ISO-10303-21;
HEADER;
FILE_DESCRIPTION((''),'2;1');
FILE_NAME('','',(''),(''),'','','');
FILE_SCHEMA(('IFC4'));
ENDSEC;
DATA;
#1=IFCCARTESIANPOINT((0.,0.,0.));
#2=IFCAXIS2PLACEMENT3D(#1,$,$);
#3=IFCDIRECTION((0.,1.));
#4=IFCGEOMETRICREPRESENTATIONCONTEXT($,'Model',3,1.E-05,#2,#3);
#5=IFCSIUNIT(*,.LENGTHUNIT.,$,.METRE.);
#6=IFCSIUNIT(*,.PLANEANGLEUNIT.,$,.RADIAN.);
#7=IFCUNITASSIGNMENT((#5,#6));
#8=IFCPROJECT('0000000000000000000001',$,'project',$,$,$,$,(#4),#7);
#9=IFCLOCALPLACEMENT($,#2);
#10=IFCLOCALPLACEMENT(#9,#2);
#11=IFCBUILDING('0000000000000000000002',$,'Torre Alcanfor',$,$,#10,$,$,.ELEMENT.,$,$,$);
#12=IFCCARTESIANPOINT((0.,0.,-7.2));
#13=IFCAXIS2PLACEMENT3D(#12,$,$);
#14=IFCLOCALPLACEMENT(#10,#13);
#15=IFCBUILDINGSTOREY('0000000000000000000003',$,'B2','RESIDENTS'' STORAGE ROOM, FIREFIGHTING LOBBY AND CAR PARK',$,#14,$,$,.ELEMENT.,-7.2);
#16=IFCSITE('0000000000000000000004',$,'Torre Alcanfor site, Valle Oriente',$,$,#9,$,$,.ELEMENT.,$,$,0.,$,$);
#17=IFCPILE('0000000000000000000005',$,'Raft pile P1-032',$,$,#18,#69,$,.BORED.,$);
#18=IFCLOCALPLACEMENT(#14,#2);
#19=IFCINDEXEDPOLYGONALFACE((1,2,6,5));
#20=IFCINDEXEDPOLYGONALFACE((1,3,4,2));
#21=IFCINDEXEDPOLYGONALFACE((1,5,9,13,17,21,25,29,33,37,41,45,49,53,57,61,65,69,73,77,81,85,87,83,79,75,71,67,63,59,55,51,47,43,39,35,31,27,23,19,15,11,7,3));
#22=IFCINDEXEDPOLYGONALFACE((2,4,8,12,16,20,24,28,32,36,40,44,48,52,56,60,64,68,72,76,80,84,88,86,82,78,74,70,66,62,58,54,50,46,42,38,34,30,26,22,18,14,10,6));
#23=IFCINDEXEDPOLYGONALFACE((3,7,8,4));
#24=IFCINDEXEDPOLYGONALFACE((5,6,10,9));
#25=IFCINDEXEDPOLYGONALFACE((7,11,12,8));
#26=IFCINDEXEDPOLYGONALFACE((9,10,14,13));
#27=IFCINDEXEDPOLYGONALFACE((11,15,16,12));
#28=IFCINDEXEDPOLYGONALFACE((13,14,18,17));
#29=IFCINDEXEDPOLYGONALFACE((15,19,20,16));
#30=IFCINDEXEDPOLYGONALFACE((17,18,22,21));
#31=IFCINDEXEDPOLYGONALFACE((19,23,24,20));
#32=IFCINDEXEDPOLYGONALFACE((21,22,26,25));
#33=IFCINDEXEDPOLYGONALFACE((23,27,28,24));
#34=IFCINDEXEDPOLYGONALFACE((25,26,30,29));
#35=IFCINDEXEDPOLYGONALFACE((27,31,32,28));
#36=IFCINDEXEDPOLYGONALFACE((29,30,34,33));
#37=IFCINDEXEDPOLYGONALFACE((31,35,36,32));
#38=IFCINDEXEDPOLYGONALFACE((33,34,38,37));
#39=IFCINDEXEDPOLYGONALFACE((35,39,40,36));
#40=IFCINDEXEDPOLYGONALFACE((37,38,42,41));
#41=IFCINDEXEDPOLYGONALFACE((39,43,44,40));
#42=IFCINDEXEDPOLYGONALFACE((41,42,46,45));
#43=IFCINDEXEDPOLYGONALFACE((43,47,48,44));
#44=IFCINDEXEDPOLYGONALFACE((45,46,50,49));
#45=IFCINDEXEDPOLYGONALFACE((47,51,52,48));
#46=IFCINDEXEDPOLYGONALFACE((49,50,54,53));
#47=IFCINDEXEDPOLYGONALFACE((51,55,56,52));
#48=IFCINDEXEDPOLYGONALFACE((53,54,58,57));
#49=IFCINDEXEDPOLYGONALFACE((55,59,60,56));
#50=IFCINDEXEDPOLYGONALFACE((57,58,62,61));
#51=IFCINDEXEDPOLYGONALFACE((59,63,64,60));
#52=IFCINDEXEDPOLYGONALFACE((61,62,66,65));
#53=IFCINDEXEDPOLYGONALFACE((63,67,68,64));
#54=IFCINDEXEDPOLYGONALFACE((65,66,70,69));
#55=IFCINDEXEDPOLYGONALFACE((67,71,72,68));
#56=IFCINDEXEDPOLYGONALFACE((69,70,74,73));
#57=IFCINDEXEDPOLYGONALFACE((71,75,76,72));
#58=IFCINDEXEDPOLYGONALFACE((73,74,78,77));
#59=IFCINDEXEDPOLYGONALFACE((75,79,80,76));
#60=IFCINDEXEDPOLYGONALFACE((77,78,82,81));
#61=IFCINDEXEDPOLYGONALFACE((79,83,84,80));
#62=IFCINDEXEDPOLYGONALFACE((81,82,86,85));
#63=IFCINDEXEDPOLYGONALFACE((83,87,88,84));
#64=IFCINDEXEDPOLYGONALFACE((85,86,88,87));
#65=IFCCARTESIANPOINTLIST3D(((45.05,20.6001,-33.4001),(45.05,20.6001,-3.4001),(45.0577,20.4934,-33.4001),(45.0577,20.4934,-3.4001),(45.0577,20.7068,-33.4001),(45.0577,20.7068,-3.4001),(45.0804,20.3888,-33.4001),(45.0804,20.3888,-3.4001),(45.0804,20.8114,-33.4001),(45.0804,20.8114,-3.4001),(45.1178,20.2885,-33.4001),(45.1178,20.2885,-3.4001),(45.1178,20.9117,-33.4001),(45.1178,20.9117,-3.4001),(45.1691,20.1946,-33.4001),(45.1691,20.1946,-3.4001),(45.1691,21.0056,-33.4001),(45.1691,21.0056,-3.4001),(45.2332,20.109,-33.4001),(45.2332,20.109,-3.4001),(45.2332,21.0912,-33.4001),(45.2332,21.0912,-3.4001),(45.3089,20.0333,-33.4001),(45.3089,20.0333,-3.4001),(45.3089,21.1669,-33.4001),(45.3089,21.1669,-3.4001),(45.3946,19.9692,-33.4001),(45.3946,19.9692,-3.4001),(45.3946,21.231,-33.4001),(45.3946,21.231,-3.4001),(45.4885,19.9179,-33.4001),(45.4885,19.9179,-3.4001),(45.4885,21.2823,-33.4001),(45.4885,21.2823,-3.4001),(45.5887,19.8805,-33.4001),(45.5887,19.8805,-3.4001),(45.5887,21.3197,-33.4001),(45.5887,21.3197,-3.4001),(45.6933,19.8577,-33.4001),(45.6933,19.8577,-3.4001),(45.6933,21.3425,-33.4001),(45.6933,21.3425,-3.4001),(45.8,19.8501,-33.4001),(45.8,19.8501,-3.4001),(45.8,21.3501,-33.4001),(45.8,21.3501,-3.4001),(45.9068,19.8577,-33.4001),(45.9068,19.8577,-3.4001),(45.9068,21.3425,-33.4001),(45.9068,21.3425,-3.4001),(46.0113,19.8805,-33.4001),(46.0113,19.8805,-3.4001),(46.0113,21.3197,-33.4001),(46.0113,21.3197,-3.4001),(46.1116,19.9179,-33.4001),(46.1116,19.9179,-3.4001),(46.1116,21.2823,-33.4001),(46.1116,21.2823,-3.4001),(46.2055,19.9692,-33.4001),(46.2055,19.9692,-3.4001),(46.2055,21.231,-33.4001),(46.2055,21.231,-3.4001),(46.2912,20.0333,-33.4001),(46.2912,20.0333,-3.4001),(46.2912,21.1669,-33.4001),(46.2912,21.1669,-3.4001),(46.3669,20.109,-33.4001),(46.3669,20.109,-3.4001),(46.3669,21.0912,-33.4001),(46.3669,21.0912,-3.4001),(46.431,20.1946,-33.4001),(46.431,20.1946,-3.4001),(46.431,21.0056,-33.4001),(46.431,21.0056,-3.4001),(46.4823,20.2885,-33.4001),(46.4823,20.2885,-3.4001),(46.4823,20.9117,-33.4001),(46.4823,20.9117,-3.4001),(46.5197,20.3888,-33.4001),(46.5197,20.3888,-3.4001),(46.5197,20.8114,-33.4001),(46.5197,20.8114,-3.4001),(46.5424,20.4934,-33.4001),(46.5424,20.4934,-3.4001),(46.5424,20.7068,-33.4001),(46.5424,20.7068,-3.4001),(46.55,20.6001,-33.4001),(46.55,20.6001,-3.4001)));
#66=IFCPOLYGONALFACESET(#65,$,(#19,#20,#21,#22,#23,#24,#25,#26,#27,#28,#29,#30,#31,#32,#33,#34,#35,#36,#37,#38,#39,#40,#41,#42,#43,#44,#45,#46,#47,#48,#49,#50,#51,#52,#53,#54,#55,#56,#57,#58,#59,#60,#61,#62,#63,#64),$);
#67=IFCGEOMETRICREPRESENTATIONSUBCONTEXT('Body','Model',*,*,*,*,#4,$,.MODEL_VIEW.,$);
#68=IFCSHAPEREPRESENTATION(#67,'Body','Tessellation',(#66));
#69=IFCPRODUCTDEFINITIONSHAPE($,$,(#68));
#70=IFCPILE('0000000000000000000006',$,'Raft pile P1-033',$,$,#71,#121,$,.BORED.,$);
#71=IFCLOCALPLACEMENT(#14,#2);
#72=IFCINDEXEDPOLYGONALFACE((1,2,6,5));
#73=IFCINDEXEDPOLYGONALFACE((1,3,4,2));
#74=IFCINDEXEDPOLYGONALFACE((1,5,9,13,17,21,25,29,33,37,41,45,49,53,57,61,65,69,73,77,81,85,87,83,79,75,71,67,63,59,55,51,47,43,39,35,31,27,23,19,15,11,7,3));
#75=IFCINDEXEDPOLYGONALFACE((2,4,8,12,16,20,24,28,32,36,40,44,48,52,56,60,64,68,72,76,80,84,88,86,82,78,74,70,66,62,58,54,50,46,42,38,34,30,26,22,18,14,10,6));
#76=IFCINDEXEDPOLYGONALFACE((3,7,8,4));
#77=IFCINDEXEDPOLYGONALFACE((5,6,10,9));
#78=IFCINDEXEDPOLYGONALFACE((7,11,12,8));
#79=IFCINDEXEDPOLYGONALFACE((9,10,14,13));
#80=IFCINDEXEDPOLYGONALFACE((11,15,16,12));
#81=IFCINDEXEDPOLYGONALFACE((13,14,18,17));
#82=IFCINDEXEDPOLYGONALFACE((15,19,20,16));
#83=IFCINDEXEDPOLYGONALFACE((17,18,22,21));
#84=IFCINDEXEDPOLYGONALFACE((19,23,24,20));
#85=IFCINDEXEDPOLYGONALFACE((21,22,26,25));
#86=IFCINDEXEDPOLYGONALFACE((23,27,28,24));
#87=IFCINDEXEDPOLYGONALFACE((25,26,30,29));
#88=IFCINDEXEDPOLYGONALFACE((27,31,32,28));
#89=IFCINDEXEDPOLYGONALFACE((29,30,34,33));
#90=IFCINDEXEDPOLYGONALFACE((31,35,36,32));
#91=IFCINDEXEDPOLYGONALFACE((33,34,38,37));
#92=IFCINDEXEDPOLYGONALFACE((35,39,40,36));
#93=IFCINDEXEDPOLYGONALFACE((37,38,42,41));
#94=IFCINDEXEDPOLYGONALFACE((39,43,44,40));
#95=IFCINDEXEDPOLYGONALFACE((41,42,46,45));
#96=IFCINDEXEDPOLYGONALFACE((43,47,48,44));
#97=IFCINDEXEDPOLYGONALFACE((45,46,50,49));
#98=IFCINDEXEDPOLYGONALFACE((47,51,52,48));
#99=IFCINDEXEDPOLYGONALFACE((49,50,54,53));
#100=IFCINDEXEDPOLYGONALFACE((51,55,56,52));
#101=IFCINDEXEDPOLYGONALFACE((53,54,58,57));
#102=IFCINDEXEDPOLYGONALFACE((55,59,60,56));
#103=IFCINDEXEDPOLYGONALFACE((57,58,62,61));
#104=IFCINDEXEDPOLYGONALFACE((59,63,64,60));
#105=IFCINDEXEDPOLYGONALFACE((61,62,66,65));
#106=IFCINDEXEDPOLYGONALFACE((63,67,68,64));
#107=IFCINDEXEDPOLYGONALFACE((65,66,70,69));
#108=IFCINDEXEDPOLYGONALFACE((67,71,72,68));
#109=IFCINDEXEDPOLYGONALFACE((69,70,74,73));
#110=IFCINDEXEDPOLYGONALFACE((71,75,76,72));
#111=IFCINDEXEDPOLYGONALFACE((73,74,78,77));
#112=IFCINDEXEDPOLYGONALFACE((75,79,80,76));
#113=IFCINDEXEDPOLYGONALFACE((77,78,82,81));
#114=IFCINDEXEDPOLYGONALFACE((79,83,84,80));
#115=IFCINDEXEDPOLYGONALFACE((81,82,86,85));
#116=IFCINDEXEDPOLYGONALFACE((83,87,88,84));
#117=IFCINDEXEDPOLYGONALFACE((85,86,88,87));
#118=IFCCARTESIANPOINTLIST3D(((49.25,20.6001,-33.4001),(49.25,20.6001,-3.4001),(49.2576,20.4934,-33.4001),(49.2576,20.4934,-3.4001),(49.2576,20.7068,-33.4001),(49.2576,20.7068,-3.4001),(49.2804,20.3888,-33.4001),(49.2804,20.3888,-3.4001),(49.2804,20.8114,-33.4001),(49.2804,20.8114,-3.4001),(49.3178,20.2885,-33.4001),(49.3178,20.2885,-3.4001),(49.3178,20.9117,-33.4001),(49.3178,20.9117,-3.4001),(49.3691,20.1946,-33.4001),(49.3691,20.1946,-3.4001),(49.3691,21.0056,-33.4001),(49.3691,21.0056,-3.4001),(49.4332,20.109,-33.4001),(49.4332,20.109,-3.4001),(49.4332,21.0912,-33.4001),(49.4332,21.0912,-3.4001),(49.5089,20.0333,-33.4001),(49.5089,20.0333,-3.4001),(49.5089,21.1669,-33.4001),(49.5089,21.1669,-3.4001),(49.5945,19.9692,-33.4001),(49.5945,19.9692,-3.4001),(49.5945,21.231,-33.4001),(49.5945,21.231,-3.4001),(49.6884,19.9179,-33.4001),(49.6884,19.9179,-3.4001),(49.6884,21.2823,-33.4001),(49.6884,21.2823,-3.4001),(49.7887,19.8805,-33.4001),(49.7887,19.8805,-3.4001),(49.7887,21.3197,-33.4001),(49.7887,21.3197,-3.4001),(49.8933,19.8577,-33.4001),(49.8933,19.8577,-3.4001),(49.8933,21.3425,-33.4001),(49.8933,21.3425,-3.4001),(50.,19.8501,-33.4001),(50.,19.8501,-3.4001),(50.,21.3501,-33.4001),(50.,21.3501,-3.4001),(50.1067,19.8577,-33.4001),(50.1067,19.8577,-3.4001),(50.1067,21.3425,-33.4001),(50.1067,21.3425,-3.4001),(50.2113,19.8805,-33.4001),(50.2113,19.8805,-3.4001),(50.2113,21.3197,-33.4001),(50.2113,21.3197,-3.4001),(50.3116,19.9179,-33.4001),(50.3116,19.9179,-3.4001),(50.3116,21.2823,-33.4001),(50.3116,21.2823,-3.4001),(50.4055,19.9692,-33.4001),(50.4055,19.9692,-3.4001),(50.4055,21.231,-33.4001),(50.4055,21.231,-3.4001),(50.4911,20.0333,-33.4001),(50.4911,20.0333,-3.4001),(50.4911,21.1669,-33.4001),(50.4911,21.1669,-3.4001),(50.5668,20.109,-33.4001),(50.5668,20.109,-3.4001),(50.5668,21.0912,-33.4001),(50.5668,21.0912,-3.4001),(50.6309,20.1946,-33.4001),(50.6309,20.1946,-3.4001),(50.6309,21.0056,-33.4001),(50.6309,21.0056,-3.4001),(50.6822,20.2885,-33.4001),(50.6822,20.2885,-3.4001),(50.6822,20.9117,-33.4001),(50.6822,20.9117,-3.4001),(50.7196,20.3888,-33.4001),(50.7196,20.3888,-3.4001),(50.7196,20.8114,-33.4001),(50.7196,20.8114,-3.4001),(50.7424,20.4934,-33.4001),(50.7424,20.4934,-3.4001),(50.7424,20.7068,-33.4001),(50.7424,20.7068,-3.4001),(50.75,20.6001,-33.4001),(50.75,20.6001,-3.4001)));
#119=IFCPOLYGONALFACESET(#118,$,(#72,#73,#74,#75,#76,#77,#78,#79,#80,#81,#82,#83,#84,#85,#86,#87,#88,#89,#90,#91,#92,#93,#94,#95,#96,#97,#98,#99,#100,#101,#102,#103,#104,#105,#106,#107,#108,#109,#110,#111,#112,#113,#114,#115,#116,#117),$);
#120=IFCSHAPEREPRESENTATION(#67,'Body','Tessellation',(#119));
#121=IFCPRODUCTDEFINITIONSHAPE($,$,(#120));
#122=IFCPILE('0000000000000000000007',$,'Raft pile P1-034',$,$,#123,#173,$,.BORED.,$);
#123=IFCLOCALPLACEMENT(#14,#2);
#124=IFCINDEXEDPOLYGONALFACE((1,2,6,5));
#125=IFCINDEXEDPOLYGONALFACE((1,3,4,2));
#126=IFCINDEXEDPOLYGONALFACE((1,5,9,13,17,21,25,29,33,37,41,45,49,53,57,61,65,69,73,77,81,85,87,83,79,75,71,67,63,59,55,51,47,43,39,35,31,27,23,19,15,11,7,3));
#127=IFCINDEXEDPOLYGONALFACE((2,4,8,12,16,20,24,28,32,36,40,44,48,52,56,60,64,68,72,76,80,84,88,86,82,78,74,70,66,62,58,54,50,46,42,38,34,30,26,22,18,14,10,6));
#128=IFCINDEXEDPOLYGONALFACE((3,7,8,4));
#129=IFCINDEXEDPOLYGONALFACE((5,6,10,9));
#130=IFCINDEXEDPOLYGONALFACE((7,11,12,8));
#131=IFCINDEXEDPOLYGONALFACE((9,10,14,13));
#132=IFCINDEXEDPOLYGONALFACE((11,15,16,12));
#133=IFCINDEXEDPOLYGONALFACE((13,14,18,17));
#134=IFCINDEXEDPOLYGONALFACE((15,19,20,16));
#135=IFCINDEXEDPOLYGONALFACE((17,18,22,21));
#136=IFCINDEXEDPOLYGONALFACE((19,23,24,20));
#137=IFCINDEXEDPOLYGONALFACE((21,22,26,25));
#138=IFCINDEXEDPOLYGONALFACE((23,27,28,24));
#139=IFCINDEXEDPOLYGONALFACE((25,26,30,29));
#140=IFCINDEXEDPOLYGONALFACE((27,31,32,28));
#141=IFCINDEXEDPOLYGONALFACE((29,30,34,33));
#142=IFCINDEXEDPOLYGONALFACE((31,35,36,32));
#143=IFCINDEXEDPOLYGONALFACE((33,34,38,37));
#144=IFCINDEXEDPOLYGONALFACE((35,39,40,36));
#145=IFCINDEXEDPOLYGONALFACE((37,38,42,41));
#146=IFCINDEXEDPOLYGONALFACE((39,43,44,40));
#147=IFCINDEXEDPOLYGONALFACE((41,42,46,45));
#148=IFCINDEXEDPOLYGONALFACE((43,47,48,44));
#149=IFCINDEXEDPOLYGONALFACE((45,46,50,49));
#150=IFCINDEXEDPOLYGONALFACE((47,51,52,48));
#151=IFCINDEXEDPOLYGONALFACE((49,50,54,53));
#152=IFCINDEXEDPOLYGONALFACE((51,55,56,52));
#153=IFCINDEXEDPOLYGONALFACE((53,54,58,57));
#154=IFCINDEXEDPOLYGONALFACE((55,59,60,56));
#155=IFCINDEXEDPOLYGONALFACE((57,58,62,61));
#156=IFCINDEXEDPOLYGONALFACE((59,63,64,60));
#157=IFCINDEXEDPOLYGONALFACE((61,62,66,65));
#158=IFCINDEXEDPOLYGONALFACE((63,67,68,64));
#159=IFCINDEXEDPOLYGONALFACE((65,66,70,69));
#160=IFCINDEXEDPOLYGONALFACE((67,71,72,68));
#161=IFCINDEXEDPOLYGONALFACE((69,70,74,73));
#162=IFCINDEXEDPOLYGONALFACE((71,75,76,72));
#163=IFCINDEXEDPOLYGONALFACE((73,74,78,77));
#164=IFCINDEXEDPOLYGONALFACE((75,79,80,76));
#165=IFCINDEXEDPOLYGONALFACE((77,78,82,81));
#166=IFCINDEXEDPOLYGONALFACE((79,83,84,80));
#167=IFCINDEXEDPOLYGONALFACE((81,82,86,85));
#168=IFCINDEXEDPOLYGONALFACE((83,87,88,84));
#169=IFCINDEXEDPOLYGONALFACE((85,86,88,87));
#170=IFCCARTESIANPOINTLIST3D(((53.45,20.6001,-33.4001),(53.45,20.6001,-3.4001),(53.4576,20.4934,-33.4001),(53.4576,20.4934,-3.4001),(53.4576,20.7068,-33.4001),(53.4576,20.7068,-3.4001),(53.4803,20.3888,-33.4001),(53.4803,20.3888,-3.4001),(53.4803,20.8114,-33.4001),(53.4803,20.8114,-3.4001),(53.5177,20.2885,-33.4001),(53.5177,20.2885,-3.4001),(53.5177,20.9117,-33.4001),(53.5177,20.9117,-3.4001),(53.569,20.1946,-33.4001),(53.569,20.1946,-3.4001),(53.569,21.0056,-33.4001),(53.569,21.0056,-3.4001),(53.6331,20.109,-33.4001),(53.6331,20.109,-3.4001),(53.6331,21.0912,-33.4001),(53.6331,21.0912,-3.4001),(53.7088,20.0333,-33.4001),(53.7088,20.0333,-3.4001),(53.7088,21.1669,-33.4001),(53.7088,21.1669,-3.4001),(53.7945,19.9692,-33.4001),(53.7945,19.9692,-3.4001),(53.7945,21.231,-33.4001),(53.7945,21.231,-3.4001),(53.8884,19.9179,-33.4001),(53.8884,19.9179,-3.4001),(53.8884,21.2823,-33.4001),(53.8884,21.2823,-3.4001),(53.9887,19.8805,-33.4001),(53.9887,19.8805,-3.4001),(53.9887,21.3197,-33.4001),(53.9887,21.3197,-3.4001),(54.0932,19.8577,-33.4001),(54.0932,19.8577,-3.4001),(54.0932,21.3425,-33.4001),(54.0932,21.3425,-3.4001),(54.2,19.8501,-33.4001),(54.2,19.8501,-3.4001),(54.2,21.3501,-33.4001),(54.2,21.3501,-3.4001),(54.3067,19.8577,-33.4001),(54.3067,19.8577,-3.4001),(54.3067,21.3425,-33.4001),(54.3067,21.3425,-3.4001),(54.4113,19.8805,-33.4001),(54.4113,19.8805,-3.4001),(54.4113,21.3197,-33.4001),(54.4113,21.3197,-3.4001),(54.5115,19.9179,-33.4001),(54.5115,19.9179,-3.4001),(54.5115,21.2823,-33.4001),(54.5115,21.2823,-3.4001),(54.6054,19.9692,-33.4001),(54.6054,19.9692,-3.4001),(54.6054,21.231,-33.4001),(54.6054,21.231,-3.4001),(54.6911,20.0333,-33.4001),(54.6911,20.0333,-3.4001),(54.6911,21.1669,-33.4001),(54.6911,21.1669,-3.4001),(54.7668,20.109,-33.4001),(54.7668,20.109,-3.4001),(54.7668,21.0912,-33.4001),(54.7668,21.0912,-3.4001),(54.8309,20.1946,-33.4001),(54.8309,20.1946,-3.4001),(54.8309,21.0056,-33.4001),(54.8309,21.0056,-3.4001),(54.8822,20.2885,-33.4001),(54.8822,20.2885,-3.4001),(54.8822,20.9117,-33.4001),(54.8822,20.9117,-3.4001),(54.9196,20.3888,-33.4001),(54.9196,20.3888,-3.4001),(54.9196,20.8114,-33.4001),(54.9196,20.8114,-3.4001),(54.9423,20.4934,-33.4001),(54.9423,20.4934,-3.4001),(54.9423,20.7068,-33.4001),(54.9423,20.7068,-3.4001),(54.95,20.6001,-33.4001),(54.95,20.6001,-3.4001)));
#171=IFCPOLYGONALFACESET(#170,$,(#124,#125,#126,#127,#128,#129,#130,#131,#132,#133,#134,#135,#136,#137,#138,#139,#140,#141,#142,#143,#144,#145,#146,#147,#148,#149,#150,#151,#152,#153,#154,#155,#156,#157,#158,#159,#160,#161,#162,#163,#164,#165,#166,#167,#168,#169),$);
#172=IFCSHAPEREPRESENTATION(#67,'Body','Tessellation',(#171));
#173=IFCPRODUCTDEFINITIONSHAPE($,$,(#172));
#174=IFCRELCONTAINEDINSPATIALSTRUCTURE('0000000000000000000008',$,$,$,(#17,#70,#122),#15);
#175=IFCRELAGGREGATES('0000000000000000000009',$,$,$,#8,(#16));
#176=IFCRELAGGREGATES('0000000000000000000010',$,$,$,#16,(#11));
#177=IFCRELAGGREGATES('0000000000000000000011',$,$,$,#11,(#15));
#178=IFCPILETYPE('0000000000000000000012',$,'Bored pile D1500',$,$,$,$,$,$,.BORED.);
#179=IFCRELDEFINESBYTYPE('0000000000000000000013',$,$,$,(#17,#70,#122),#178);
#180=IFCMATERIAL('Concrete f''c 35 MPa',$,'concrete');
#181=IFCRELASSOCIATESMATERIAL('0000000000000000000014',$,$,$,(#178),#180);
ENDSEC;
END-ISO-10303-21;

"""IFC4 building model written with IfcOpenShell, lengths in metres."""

from ifc_helpers import new_model, si_unit, direction, frame, origin, origin_2d, place, context, subcontext, project, spatial, circle, extrude, material, material_profile, profile_set, type_object, element, save


model = new_model("IFC4")

# Units and contexts
model_context = context("Model", 3, precision=1e-05, world=origin(), true_north=direction((0.0, 1.0)))
body_context = subcontext(model_context, "Body", "Model", "MODEL_VIEW")
ifc_project = project(units=[si_unit("LENGTHUNIT", "METRE"), si_unit("PLANEANGLEUNIT", "RADIAN")], contexts=[model_context])

# Site, building, storey
site_placement = place(None, origin())
site = spatial("IfcSite", under=ifc_project, at=site_placement, Name="Torre Alcanfor site, Valle Oriente", CompositionType="ELEMENT", RefElevation=0.0)
building_placement = place(site_placement, origin())
building = spatial("IfcBuilding", under=site, at=building_placement, Name="Torre Alcanfor", CompositionType="ELEMENT")
storey_placement = place(building_placement, frame((0.0, 0.0, -7.2)))
storey = spatial("IfcBuildingStorey", under=building, at=storey_placement, Name="B2", Description="RESIDENTS' STORAGE ROOM, FIREFIGHTING LOBBY AND CAR PARK", CompositionType="ELEMENT", Elevation=-7.2)

# Piles
ifc_material_1 = material(Name="Concrete f'c 35 MPa", Category="concrete")
ifc_material_profile_1 = material_profile(ifc_material_1, circle(Radius=0.75, at=origin_2d()), Name="D1500")
ifc_profile_set_1 = profile_set([ifc_material_profile_1], Name="Concrete f'c 35 MPa")
pile_type = type_object("IfcPileType", Name="Bored pile D1500", PredefinedType="BORED", material=ifc_profile_set_1)
for number, where, z_axis, x_axis, name in (
    (1, (45.8, 20.6001, -3.4001), (0.0, 0.0, -1.0), (1.0, 0.0, 0.0), "Raft pile P1-032"),
    (2, (50.0, 20.6001, -3.4001), (0.0, 0.0, -1.0), (1.0, 0.0, 0.0), "Raft pile P1-033"),
    (3, (54.2, 20.6001, -3.4001), (0.0, 0.0, -1.0), (1.0, 0.0, 0.0), "Raft pile P1-034"),
):
    element("IfcPile", number, at=place(storey_placement, frame(where, z_axis=z_axis, x_axis=x_axis)), inside=storey, type_object=pile_type, Name=name, PredefinedType="BORED", context=body_context, shape_type="SweptSolid", body=[
        extrude(circle(Radius=0.75, at=origin_2d()), origin(), (0.0, 0.0, 1.0), 30.0),
    ])

save(model, "model.ifc")
